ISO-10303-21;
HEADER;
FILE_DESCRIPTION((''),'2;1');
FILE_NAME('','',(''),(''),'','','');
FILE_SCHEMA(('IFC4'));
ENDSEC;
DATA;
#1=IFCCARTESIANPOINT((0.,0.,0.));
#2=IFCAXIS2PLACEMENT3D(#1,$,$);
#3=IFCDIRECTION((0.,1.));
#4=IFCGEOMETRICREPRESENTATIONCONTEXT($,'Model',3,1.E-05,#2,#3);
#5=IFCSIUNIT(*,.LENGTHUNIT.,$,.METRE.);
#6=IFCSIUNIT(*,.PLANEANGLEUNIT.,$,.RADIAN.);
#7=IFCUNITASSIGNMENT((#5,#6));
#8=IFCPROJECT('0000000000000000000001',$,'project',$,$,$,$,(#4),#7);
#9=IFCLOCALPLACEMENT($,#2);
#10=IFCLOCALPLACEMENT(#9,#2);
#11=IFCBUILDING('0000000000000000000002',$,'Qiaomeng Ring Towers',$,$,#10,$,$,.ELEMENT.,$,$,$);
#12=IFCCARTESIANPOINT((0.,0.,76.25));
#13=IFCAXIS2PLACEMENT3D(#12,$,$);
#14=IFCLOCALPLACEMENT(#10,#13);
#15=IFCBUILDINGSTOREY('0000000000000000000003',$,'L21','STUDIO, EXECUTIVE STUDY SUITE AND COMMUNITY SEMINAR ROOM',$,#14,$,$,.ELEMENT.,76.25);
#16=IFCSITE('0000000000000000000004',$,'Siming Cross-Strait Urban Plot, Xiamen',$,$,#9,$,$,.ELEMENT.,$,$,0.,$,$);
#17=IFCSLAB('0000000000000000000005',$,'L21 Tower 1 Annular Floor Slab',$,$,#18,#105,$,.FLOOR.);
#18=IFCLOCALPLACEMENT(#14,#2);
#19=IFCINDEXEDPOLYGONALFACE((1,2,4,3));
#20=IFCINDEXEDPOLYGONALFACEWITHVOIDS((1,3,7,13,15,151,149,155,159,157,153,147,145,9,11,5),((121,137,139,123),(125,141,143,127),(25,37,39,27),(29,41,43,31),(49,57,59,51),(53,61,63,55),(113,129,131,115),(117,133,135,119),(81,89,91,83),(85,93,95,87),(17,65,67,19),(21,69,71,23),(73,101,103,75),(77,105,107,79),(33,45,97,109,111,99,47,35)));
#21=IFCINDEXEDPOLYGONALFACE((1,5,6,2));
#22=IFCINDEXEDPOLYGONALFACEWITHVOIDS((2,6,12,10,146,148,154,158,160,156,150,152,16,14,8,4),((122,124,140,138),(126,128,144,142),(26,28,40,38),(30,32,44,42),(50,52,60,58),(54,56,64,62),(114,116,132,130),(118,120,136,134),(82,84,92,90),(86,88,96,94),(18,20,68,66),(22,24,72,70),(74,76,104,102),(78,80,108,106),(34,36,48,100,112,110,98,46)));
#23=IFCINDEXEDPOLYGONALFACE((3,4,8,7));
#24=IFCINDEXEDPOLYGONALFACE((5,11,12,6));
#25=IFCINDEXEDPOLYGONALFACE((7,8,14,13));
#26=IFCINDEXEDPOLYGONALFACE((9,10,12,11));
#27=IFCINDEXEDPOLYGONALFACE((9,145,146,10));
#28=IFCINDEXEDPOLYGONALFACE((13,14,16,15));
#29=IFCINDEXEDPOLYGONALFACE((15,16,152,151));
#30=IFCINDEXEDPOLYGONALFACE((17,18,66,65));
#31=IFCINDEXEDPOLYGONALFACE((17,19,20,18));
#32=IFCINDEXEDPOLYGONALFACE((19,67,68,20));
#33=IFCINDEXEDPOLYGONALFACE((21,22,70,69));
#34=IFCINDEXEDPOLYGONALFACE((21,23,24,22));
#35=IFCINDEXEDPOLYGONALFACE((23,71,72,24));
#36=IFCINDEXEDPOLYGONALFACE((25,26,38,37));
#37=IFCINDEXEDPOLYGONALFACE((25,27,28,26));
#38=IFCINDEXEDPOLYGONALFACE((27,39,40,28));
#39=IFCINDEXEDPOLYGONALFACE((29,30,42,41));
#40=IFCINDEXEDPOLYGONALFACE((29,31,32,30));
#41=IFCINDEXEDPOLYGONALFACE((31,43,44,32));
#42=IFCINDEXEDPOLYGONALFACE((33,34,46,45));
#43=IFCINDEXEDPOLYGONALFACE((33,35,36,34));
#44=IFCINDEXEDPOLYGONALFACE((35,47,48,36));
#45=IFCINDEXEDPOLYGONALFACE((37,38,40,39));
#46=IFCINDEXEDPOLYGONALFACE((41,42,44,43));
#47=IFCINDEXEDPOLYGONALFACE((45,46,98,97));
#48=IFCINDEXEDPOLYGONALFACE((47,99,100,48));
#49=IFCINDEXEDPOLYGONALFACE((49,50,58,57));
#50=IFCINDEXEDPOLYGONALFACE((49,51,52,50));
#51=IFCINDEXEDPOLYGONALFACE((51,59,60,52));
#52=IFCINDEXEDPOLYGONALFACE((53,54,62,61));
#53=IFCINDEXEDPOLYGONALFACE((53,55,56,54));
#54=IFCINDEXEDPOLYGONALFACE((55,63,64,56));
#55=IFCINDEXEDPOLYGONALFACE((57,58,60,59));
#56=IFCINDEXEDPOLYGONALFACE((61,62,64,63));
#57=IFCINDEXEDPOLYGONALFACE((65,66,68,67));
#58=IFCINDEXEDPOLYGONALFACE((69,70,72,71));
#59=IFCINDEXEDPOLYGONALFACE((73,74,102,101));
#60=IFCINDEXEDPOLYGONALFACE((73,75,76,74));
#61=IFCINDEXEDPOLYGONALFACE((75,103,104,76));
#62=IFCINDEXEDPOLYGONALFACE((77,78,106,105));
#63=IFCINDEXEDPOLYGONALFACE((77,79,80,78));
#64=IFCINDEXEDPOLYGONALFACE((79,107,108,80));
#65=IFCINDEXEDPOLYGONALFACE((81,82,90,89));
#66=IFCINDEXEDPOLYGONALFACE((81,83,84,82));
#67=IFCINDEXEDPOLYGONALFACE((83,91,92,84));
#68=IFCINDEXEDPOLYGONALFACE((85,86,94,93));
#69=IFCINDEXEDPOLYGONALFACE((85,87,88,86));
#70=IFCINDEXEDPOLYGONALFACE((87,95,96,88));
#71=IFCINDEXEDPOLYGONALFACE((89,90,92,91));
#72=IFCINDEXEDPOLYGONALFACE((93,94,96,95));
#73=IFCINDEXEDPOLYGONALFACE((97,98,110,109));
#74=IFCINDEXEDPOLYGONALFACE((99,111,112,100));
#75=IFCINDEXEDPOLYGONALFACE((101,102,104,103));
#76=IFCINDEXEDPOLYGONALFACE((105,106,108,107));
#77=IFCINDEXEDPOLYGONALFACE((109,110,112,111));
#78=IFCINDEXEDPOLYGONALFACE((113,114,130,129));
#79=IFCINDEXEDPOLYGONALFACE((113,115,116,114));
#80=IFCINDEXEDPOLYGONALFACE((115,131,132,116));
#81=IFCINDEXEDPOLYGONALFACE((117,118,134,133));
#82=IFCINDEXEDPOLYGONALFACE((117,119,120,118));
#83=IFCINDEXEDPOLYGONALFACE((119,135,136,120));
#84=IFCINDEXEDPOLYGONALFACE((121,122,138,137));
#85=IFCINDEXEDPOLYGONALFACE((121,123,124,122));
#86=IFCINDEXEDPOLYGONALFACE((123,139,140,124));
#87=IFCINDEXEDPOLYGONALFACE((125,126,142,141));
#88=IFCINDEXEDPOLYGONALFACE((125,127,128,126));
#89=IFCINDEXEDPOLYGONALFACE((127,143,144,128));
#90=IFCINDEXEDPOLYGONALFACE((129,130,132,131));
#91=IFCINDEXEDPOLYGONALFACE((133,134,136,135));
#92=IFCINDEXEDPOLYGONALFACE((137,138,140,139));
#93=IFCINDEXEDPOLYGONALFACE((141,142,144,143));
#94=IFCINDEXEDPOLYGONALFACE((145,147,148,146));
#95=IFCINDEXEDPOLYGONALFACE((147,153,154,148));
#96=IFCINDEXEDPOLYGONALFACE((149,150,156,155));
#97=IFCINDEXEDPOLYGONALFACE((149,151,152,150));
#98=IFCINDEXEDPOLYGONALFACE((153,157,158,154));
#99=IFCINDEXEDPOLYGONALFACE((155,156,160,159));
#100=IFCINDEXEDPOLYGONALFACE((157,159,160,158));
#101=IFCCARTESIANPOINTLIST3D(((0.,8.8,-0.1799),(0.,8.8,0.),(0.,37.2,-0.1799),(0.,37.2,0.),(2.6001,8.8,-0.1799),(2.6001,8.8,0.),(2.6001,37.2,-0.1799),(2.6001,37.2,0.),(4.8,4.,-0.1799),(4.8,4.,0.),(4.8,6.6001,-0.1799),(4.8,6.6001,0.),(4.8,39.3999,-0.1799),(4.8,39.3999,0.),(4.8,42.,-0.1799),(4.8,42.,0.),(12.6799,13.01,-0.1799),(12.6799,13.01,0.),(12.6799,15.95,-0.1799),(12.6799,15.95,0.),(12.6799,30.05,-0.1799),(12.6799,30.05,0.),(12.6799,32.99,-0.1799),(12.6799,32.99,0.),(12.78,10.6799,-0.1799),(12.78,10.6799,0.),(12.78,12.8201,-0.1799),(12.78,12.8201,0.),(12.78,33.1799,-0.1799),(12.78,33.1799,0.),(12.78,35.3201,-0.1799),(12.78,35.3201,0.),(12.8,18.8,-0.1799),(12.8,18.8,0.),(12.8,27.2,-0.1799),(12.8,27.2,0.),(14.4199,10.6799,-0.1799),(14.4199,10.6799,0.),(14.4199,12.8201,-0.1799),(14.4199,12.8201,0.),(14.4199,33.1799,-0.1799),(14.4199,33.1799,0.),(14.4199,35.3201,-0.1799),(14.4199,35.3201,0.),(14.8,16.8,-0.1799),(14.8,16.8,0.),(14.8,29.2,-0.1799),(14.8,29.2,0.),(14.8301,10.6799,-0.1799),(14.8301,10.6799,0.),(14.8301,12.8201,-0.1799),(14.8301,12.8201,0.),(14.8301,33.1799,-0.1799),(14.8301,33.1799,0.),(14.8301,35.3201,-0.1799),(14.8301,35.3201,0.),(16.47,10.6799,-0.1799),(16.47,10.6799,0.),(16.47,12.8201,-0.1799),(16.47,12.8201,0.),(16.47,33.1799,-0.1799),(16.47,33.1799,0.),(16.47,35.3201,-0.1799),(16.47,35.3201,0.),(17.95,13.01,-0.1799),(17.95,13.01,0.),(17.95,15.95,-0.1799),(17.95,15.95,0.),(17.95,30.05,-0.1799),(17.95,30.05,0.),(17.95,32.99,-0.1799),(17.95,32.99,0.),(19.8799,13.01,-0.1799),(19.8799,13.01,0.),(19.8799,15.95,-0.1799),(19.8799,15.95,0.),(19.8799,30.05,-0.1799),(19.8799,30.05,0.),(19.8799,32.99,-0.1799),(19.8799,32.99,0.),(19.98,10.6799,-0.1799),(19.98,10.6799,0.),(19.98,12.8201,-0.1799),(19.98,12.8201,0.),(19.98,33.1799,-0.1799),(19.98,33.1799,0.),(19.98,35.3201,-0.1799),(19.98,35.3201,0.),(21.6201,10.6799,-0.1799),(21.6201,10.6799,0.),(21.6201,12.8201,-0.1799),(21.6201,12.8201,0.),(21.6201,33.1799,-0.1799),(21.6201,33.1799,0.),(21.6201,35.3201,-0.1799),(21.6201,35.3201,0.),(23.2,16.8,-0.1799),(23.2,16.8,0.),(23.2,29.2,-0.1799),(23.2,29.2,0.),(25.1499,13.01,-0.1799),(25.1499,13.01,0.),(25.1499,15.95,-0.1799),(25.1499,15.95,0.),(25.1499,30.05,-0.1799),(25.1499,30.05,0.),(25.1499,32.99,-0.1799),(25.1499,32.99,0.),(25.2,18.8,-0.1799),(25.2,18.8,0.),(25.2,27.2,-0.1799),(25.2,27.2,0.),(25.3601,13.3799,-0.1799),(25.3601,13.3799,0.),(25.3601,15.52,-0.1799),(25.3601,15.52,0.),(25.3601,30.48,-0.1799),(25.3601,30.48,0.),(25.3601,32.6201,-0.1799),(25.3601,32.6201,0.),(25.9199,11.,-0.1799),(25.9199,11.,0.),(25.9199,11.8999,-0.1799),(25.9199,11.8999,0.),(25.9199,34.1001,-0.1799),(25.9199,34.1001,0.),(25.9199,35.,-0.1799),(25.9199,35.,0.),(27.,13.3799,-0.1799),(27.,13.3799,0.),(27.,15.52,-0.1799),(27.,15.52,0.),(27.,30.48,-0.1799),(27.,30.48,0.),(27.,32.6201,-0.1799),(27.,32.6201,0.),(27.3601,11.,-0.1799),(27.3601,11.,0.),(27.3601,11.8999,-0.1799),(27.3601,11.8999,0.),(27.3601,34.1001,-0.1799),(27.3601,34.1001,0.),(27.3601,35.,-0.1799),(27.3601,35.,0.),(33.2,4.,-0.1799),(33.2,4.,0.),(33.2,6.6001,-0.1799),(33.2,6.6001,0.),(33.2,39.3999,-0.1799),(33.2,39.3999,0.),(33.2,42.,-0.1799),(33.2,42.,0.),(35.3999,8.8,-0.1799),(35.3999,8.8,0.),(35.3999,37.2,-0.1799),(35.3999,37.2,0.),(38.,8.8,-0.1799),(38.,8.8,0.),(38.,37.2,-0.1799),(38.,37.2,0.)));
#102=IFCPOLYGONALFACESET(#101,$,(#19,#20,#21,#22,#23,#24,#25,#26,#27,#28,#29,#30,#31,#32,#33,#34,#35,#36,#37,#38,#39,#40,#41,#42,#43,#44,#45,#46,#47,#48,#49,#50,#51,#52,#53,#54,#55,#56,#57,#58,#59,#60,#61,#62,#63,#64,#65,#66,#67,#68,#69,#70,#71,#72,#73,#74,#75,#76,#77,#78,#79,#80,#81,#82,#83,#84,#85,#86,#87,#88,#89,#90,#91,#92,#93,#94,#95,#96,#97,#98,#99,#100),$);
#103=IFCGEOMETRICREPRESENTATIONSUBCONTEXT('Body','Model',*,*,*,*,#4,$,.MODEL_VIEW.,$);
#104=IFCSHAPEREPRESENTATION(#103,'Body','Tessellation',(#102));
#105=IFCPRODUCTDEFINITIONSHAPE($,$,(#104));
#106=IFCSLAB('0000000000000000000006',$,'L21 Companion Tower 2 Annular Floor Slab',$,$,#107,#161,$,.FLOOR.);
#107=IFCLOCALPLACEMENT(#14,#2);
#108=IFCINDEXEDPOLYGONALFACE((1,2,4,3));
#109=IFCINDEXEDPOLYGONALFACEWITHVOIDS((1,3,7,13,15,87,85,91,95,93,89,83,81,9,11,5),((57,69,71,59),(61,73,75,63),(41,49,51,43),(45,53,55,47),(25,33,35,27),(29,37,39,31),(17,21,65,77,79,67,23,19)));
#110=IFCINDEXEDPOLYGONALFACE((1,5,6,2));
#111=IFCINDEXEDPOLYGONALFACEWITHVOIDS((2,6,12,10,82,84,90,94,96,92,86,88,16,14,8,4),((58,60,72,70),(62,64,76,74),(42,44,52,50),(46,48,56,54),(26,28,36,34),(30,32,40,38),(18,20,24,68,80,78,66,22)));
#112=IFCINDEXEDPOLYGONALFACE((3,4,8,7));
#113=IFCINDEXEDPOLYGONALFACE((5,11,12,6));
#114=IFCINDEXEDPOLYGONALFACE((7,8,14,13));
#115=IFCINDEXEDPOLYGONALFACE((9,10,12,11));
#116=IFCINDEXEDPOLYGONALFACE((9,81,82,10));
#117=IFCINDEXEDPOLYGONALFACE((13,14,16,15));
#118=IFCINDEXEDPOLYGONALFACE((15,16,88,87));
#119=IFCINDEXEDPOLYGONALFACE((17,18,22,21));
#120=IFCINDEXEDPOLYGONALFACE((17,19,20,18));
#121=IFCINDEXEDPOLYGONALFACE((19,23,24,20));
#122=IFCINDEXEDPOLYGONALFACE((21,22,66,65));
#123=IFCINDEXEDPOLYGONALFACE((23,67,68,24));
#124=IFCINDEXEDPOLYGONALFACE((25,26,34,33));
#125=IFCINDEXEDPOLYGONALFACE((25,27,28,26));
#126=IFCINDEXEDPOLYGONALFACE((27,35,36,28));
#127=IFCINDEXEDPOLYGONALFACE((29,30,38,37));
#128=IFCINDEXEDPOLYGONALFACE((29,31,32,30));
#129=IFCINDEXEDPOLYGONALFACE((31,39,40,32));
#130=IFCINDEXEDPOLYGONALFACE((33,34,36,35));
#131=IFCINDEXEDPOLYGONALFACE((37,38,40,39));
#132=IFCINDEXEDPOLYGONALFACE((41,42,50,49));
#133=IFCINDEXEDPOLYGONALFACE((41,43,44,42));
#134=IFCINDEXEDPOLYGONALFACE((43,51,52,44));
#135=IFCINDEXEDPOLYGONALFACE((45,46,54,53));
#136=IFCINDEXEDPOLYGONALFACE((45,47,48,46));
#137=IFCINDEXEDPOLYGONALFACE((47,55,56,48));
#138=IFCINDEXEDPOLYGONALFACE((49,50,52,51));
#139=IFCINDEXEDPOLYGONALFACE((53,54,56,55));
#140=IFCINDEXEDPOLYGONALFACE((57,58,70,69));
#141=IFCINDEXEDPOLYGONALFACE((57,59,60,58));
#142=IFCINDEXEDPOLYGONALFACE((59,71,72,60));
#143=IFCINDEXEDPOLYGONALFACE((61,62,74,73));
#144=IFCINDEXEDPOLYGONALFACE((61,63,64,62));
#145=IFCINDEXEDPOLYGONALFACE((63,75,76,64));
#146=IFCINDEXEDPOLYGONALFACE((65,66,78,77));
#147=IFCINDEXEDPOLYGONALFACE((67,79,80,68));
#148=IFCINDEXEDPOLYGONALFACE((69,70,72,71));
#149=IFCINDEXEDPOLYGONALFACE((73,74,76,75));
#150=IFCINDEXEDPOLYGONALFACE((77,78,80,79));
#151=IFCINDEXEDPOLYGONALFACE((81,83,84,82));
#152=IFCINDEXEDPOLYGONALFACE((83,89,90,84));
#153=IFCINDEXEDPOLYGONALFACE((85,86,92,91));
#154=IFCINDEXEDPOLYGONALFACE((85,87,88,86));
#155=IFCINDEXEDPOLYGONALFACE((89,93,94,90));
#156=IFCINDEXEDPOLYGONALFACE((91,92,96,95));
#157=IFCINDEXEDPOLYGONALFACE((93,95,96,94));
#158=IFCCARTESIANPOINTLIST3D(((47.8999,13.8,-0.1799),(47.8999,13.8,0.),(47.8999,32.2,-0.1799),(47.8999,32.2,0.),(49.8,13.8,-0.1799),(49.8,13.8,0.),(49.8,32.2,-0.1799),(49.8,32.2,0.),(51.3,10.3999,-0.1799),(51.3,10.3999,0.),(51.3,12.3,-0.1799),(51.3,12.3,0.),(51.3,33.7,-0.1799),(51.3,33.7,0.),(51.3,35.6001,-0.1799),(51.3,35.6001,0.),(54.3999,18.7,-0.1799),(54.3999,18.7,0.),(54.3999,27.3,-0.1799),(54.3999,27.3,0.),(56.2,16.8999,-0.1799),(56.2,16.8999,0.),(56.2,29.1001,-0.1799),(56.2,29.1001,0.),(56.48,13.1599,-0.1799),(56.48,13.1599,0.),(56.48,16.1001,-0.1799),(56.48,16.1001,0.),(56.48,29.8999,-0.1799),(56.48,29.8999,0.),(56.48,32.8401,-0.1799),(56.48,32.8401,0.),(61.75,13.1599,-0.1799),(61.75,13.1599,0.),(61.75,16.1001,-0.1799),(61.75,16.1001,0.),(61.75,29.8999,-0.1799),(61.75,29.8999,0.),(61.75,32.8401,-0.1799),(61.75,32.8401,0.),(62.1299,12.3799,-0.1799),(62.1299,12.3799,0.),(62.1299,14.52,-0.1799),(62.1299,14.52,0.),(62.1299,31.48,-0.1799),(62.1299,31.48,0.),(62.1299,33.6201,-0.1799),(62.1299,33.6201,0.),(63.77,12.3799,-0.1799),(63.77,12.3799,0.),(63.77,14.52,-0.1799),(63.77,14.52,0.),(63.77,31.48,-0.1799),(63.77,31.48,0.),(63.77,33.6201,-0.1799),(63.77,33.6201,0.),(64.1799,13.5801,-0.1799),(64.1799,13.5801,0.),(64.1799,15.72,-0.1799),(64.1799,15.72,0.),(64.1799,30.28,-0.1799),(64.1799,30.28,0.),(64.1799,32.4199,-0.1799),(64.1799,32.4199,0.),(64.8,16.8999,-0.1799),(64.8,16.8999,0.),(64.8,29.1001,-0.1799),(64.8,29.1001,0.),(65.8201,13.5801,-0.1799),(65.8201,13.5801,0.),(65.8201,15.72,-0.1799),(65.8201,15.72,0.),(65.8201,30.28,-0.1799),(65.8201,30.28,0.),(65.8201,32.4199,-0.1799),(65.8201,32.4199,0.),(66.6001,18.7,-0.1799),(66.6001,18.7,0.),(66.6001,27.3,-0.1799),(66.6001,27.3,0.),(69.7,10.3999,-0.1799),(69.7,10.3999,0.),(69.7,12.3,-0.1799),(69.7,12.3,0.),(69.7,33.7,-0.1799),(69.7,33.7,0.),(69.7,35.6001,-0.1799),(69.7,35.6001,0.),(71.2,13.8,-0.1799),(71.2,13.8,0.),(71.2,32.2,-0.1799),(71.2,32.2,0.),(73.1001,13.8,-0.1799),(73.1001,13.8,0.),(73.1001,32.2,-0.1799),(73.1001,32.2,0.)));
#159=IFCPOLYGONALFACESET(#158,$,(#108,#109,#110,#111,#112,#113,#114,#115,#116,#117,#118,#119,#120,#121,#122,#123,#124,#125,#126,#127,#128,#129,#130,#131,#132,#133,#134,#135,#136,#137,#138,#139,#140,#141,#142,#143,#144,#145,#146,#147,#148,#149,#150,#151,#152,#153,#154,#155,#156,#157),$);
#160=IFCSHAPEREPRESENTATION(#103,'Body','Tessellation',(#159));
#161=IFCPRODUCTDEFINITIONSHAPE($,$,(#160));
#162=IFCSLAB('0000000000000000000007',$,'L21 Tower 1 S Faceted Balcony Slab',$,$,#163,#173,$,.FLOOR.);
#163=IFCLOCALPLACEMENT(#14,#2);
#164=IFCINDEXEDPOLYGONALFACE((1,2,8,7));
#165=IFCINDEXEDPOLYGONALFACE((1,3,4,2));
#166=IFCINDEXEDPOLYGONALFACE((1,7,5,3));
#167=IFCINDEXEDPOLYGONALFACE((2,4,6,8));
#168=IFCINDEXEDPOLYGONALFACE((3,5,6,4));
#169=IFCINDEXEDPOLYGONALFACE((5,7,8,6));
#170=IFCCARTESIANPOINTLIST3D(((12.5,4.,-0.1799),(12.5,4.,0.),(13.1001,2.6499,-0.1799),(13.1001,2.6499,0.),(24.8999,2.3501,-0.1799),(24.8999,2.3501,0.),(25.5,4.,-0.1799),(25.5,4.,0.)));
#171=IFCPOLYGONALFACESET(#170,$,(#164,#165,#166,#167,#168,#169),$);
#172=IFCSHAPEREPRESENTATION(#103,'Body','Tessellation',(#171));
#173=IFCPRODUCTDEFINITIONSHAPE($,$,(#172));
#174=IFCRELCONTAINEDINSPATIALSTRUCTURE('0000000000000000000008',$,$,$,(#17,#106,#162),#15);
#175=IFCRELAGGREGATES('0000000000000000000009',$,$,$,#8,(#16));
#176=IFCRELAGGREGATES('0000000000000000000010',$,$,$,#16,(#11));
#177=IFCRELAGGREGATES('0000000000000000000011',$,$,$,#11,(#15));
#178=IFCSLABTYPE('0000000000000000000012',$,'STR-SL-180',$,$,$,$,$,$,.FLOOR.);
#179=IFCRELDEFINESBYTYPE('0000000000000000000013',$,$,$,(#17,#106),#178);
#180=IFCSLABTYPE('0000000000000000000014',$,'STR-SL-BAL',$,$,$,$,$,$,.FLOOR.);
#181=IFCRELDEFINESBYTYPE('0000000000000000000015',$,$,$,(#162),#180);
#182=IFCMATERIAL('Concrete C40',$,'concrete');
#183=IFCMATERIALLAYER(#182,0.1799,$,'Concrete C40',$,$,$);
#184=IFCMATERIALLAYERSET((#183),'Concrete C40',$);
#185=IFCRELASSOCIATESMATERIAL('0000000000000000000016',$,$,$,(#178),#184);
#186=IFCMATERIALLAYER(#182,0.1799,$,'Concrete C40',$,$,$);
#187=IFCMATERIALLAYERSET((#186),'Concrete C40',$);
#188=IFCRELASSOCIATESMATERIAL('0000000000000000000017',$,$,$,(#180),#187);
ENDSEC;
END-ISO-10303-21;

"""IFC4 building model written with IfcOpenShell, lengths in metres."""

from ifc_helpers import new_model, si_unit, direction, frame, origin, place, context, subcontext, project, spatial, polyline, outline, extrude, material, layer, layer_set, type_object, element, save


model = new_model("IFC4")

# Units and contexts
model_context = context("Model", 3, precision=1e-05, world=origin(), true_north=direction((0.0, 1.0)))
body_context = subcontext(model_context, "Body", "Model", "MODEL_VIEW")
ifc_project = project(units=[si_unit("LENGTHUNIT", "METRE"), si_unit("PLANEANGLEUNIT", "RADIAN")], contexts=[model_context])

# Site, building, storey
site_placement = place(None, origin())
site = spatial("IfcSite", under=ifc_project, at=site_placement, Name="Siming Cross-Strait Urban Plot, Xiamen", CompositionType="ELEMENT", RefElevation=0.0)
building_placement = place(site_placement, origin())
building = spatial("IfcBuilding", under=site, at=building_placement, Name="Qiaomeng Ring Towers", CompositionType="ELEMENT")
storey_placement = place(building_placement, frame((0.0, 0.0, 76.25)))
storey = spatial("IfcBuildingStorey", under=building, at=storey_placement, Name="L21", Description="STUDIO, EXECUTIVE STUDY SUITE AND COMMUNITY SEMINAR ROOM", CompositionType="ELEMENT", Elevation=76.25)

# Slabs
ifc_material_1 = material(Name="Concrete C40", Category="concrete")
ifc_layer_1 = layer(ifc_material_1, 0.1799, Name="Concrete C40")
ifc_layer_set_1 = layer_set([ifc_layer_1], Name="Concrete C40")
slab_type_1 = type_object("IfcSlabType", Name="STR-SL-180", PredefinedType="FLOOR", material=ifc_layer_set_1)
slab_1_placement = place(storey_placement, frame((0.0, 0.0, -0.1799)))
element("IfcSlab", 1, at=slab_1_placement, inside=storey, type_object=slab_type_1, Name="L21 Tower 1 Annular Floor Slab", PredefinedType="FLOOR", context=body_context, shape_type="SweptSolid", body=[
    extrude(outline(polyline([(4.8, 4.0), (33.2, 4.0), (33.2, 6.6001), (35.3999, 8.8), (38.0, 8.8), (38.0, 37.2), (35.3999, 37.2), (33.2, 39.3999), (33.2, 42.0), (4.8, 42.0), (4.8, 39.3999), (2.6001, 37.2), (0.0, 37.2), (0.0, 8.8), (2.6001, 8.8), (4.8, 6.6001), (4.8, 4.0)]), holes=[polyline([(12.78, 10.6799), (12.78, 12.8201), (14.4199, 12.8201), (14.4199, 10.6799), (12.78, 10.6799)]), polyline([(14.8301, 12.8201), (16.47, 12.8201), (16.47, 10.6799), (14.8301, 10.6799), (14.8301, 12.8201)]), polyline([(12.6799, 15.95), (17.95, 15.95), (17.95, 13.01), (12.6799, 13.01), (12.6799, 15.95)]), polyline([(25.2, 27.2), (25.2, 18.8), (23.2, 16.8), (14.8, 16.8), (12.8, 18.8), (12.8, 27.2), (14.8, 29.2), (23.2, 29.2), (25.2, 27.2)]), polyline([(12.6799, 32.99), (17.95, 32.99), (17.95, 30.05), (12.6799, 30.05), (12.6799, 32.99)]), polyline([(12.78, 35.3201), (14.4199, 35.3201), (14.4199, 33.1799), (12.78, 33.1799), (12.78, 35.3201)]), polyline([(14.8301, 35.3201), (16.47, 35.3201), (16.47, 33.1799), (14.8301, 33.1799), (14.8301, 35.3201)]), polyline([(19.98, 35.3201), (21.6201, 35.3201), (21.6201, 33.1799), (19.98, 33.1799), (19.98, 35.3201)]), polyline([(25.9199, 11.8999), (27.3601, 11.8999), (27.3601, 11.0), (25.9199, 11.0), (25.9199, 11.8999)]), polyline([(19.98, 12.8201), (21.6201, 12.8201), (21.6201, 10.6799), (19.98, 10.6799), (19.98, 12.8201)]), polyline([(25.3601, 15.52), (27.0, 15.52), (27.0, 13.3799), (25.3601, 13.3799), (25.3601, 15.52)]), polyline([(19.8799, 15.95), (25.1499, 15.95), (25.1499, 13.01), (19.8799, 13.01), (19.8799, 15.95)]), polyline([(19.8799, 32.99), (25.1499, 32.99), (25.1499, 30.05), (19.8799, 30.05), (19.8799, 32.99)]), polyline([(25.3601, 32.6201), (27.0, 32.6201), (27.0, 30.48), (25.3601, 30.48), (25.3601, 32.6201)]), polyline([(25.9199, 35.0), (27.3601, 35.0), (27.3601, 34.1001), (25.9199, 34.1001), (25.9199, 35.0)])]), origin(), (0.0, 0.0, 1.0), 0.1799),
])
slab_2_placement = place(storey_placement, frame((0.0, 0.0, -0.1799)))
element("IfcSlab", 2, at=slab_2_placement, inside=storey, type_object=slab_type_1, Name="L21 Companion Tower 2 Annular Floor Slab", PredefinedType="FLOOR", context=body_context, shape_type="SweptSolid", body=[
    extrude(outline(polyline([(51.3, 10.3999), (69.7, 10.3999), (69.7, 12.3), (71.2, 13.8), (73.1001, 13.8), (73.1001, 32.2), (71.2, 32.2), (69.7, 33.7), (69.7, 35.6001), (51.3, 35.6001), (51.3, 33.7), (49.8, 32.2), (47.8999, 32.2), (47.8999, 13.8), (49.8, 13.8), (51.3, 12.3), (51.3, 10.3999)]), holes=[polyline([(62.1299, 12.3799), (62.1299, 14.52), (63.77, 14.52), (63.77, 12.3799), (62.1299, 12.3799)]), polyline([(56.48, 13.1599), (56.48, 16.1001), (61.75, 16.1001), (61.75, 13.1599), (56.48, 13.1599)]), polyline([(64.1799, 13.5801), (64.1799, 15.72), (65.8201, 15.72), (65.8201, 13.5801), (64.1799, 13.5801)]), polyline([(64.8, 29.1001), (66.6001, 27.3), (66.6001, 18.7), (64.8, 16.8999), (56.2, 16.8999), (54.3999, 18.7), (54.3999, 27.3), (56.2, 29.1001), (64.8, 29.1001)]), polyline([(64.1799, 30.28), (64.1799, 32.4199), (65.8201, 32.4199), (65.8201, 30.28), (64.1799, 30.28)]), polyline([(56.48, 32.8401), (61.75, 32.8401), (61.75, 29.8999), (56.48, 29.8999), (56.48, 32.8401)]), polyline([(62.1299, 33.6201), (63.77, 33.6201), (63.77, 31.48), (62.1299, 31.48), (62.1299, 33.6201)])]), origin(), (0.0, 0.0, 1.0), 0.1799),
])
ifc_layer_2 = layer(ifc_material_1, 0.1799, Name="Concrete C40")
ifc_layer_set_2 = layer_set([ifc_layer_2], Name="Concrete C40")
slab_type_2 = type_object("IfcSlabType", Name="STR-SL-BAL", PredefinedType="FLOOR", material=ifc_layer_set_2)
slab_3_placement = place(storey_placement, frame((0.0, 0.0, -0.1799)))
element("IfcSlab", 3, at=slab_3_placement, inside=storey, type_object=slab_type_2, Name="L21 Tower 1 S Faceted Balcony Slab", PredefinedType="FLOOR", context=body_context, shape_type="SweptSolid", body=[
    extrude(outline(polyline([(24.8999, 2.3501), (13.1001, 2.6499), (12.5, 4.0), (25.5, 4.0), (24.8999, 2.3501)])), origin(), (0.0, 0.0, 1.0), 0.1799),
])

save(model, "model.ifc")
